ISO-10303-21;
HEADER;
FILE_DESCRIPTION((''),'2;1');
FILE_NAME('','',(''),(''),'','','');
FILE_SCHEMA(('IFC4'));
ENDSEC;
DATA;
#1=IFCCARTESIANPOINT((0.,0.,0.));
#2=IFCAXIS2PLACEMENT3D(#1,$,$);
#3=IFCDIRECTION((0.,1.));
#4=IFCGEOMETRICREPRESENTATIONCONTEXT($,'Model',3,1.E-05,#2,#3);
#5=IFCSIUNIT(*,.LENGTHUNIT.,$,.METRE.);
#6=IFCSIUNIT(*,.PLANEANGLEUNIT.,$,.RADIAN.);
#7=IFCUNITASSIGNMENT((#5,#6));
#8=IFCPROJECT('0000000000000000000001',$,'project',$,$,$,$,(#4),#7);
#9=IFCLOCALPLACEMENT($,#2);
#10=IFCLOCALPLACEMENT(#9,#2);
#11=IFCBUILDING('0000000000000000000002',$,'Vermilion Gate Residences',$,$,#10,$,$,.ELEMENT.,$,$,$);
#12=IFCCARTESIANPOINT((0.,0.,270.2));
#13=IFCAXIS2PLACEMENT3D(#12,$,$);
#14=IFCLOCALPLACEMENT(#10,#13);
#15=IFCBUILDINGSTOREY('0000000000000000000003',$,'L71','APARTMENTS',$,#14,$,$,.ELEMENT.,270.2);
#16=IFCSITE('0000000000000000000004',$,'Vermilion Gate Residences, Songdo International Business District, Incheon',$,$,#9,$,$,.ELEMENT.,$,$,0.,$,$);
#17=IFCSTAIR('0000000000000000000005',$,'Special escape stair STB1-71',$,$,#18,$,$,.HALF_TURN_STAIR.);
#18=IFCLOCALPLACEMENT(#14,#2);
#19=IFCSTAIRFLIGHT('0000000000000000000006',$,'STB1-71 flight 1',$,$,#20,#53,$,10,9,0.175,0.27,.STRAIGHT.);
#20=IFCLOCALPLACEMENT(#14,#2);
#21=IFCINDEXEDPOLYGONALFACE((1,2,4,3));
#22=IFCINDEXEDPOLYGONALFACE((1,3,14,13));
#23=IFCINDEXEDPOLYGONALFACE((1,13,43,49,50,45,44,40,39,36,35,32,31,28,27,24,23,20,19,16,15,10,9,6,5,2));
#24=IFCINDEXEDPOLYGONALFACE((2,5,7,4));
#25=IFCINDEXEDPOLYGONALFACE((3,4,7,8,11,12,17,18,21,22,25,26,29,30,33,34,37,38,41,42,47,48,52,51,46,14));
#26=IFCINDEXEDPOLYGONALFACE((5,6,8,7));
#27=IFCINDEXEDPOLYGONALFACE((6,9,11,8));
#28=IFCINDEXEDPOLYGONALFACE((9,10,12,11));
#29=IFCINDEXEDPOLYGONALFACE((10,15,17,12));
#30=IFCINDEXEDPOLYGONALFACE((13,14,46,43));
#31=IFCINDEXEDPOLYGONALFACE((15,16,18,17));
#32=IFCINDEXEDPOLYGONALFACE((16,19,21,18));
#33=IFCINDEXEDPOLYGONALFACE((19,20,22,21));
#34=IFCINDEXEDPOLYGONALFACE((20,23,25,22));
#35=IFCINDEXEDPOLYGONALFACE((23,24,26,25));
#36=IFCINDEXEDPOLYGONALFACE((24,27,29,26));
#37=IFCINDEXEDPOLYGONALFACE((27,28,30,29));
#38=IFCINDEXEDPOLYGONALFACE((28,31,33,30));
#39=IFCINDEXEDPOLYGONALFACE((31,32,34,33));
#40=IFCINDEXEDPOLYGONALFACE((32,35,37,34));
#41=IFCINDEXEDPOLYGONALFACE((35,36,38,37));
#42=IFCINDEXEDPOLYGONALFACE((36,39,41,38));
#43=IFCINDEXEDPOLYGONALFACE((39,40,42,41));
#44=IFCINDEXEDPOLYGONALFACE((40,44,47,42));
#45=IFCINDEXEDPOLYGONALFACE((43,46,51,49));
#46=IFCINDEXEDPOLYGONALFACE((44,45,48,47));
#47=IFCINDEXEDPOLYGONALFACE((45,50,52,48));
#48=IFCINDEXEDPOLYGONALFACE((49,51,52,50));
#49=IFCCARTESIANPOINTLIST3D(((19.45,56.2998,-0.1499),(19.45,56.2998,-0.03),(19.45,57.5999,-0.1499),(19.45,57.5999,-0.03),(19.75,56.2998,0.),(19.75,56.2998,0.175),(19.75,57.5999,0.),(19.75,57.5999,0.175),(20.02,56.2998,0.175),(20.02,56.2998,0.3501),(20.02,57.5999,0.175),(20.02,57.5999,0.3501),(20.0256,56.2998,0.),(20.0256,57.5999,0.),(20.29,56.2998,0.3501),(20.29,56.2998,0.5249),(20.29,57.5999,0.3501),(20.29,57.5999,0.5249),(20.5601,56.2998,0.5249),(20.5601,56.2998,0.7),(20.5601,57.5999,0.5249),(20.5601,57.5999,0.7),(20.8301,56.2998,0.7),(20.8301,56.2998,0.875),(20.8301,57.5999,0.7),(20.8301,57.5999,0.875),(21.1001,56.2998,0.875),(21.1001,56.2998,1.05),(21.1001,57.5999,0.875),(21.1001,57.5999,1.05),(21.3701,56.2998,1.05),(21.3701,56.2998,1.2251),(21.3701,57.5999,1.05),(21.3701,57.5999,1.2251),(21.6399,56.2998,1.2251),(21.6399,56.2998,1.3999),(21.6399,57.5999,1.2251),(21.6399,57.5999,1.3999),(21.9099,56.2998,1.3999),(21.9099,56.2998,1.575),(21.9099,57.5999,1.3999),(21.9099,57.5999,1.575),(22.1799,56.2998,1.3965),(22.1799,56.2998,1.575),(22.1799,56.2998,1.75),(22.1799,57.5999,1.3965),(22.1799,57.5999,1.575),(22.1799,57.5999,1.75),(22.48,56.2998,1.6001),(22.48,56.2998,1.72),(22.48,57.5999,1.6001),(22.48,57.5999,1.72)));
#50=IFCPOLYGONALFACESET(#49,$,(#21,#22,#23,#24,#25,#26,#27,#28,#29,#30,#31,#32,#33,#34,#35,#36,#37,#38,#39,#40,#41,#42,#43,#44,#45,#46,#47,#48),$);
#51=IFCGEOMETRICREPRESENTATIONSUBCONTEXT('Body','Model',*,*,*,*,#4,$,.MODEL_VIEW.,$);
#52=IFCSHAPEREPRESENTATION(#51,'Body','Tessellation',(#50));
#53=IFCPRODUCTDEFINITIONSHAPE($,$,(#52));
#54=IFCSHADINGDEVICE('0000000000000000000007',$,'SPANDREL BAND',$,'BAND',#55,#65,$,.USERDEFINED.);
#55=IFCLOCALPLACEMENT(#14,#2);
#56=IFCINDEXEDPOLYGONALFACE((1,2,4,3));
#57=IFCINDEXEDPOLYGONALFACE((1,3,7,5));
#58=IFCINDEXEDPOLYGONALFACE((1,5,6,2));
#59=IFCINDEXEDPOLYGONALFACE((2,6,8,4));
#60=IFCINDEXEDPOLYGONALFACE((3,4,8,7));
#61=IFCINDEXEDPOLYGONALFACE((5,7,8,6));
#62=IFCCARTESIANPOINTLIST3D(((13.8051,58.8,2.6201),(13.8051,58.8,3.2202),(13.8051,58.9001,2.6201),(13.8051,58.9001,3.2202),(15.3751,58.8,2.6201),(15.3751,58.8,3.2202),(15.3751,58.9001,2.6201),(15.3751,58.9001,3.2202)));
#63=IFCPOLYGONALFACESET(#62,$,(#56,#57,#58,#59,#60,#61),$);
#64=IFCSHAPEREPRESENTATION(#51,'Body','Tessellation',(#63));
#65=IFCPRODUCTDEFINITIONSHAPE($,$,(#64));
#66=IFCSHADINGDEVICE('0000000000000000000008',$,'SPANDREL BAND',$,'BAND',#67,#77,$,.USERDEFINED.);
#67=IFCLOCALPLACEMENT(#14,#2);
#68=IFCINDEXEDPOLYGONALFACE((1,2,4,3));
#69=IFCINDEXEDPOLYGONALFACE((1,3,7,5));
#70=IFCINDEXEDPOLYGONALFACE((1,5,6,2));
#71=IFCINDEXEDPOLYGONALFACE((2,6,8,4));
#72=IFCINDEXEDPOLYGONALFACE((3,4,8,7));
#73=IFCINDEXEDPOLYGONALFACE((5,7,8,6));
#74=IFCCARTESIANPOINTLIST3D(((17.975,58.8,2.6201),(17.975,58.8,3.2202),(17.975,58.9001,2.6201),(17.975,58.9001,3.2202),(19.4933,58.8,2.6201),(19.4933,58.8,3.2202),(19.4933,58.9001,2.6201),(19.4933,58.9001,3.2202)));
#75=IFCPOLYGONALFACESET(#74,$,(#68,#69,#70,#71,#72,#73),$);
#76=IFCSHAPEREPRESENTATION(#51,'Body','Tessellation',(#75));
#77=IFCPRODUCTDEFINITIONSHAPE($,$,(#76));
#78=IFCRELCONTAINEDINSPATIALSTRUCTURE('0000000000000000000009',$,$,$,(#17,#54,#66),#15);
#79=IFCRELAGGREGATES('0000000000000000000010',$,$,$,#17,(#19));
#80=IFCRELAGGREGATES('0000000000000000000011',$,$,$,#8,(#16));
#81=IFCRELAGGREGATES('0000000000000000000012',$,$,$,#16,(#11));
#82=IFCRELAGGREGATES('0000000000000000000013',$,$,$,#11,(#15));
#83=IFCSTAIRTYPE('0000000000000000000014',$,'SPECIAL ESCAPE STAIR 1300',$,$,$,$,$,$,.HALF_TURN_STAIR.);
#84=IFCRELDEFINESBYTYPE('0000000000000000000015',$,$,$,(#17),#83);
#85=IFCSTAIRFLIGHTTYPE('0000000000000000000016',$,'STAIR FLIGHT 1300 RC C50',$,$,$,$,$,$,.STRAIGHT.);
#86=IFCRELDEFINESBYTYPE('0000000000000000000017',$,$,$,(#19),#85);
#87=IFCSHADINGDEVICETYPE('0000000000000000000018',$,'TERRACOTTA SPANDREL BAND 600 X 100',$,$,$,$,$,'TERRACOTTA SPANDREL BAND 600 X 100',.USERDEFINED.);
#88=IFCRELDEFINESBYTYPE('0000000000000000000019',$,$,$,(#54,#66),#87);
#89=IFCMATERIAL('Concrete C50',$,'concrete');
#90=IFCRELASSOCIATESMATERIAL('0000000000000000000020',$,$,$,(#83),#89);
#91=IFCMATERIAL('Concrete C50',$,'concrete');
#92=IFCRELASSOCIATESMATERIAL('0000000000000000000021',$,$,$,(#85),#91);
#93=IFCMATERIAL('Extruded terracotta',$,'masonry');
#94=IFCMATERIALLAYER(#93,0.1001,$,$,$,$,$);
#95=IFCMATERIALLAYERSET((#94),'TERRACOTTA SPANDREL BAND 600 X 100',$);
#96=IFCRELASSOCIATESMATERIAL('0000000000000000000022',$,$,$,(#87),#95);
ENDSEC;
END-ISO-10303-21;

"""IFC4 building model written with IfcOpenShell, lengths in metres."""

from ifc_helpers import new_model, si_unit, direction, frame, origin, origin_2d, place, context, subcontext, project, spatial, polyline, rectangle, outline, extrude, material, layer, layer_set, type_object, element, aggregate, save


model = new_model("IFC4")

# Units and contexts
model_context = context("Model", 3, precision=1e-05, world=origin(), true_north=direction((0.0, 1.0)))
body_context = subcontext(model_context, "Body", "Model", "MODEL_VIEW")
ifc_project = project(units=[si_unit("LENGTHUNIT", "METRE"), si_unit("PLANEANGLEUNIT", "RADIAN")], contexts=[model_context])

# Site, building, storey
site_placement = place(None, origin())
site = spatial("IfcSite", under=ifc_project, at=site_placement, Name="Vermilion Gate Residences, Songdo International Business District, Incheon", CompositionType="ELEMENT", RefElevation=0.0)
building_placement = place(site_placement, origin())
building = spatial("IfcBuilding", under=site, at=building_placement, Name="Vermilion Gate Residences", CompositionType="ELEMENT")
storey_placement = place(building_placement, frame((0.0, 0.0, 270.2)))
storey = spatial("IfcBuildingStorey", under=building, at=storey_placement, Name="L71", Description="APARTMENTS", CompositionType="ELEMENT", Elevation=270.2)

# Stair, stair flight
ifc_material_1 = material(Name="Concrete C50", Category="concrete")
stair_type = type_object("IfcStairType", Name="SPECIAL ESCAPE STAIR 1300", PredefinedType="HALF_TURN_STAIR", material=ifc_material_1)
stair_placement = place(storey_placement, origin())
stair = element("IfcStair", 1, at=stair_placement, inside=storey, type_object=stair_type, Name="Special escape stair STB1-71", PredefinedType="HALF_TURN_STAIR")
ifc_material_2 = material(Name="Concrete C50", Category="concrete")
stair_flight_type = type_object("IfcStairFlightType", Name="STAIR FLIGHT 1300 RC C50", PredefinedType="STRAIGHT", material=ifc_material_2)
stair_flight_placement = place(storey_placement, frame((19.75, 56.95, 0.0), z_axis=(0.0, 0.0, 1.0), x_axis=(1.0, 0.0, 0.0)))
stair_flight = element("IfcStairFlight", 2, at=stair_flight_placement, type_object=stair_flight_type, Name="STB1-71 flight 1", NumberOfRisers=10, NumberOfTreads=9, PredefinedType="STRAIGHT", RiserHeight=0.175, TreadLength=0.27, context=body_context, shape_type="SweptSolid", body=[
    extrude(outline(polyline([(-0.3, -0.1499), (-0.3, -0.03), (0.0, 0.0), (0.0, 0.175), (0.27, 0.175), (0.27, 0.3501), (0.54, 0.3501), (0.54, 0.5249), (0.8101, 0.5249), (0.8101, 0.7), (1.0801, 0.7), (1.0801, 0.875), (1.3501, 0.875), (1.3501, 1.05), (1.6201, 1.05), (1.6201, 1.2251), (1.8899, 1.2251), (1.8899, 1.3999), (2.1599, 1.3999), (2.1599, 1.575), (2.4299, 1.575), (2.4299, 1.75), (2.73, 1.72), (2.73, 1.6001), (2.4299, 1.3965), (0.2756, 0.0), (-0.3, -0.1499)])), frame((0.0, 0.6499, 0.0), z_axis=(0.0, -1.0, 0.0), x_axis=(1.0, 0.0, 0.0)), (0.0, 0.0, 1.0), 1.3),
])
aggregate(stair, [stair_flight])

# Shading devices
ifc_material_3 = material(Name="Extruded terracotta", Category="masonry")
ifc_layer_1 = layer(ifc_material_3, 0.1001)
ifc_layer_set_1 = layer_set([ifc_layer_1], Name="TERRACOTTA SPANDREL BAND 600 X 100")
shading_device_type = type_object("IfcShadingDeviceType", Name="TERRACOTTA SPANDREL BAND 600 X 100", ElementType="TERRACOTTA SPANDREL BAND 600 X 100", PredefinedType="USERDEFINED", material=ifc_layer_set_1)
shading_device_1_placement = place(storey_placement, frame((14.5901, 58.8501, 2.6201), z_axis=(0.0, 0.0, 1.0), x_axis=(1.0, 0.0, 0.0)))
element("IfcShadingDevice", 3, at=shading_device_1_placement, inside=storey, type_object=shading_device_type, Name="SPANDREL BAND", ObjectType="BAND", PredefinedType="USERDEFINED", context=body_context, shape_type="SweptSolid", body=[
    extrude(rectangle(XDim=1.5701, YDim=0.1001, at=origin_2d()), origin(), (0.0, 0.0, 1.0), 0.6001),
])
shading_device_2_placement = place(storey_placement, frame((18.7341, 58.8501, 2.6201), z_axis=(0.0, 0.0, 1.0), x_axis=(1.0, 0.0, 0.0)))
element("IfcShadingDevice", 4, at=shading_device_2_placement, inside=storey, type_object=shading_device_type, Name="SPANDREL BAND", ObjectType="BAND", PredefinedType="USERDEFINED", context=body_context, shape_type="SweptSolid", body=[
    extrude(rectangle(XDim=1.5183, YDim=0.1001, at=origin_2d()), origin(), (0.0, 0.0, 1.0), 0.6001),
])

save(model, "model.ifc")
